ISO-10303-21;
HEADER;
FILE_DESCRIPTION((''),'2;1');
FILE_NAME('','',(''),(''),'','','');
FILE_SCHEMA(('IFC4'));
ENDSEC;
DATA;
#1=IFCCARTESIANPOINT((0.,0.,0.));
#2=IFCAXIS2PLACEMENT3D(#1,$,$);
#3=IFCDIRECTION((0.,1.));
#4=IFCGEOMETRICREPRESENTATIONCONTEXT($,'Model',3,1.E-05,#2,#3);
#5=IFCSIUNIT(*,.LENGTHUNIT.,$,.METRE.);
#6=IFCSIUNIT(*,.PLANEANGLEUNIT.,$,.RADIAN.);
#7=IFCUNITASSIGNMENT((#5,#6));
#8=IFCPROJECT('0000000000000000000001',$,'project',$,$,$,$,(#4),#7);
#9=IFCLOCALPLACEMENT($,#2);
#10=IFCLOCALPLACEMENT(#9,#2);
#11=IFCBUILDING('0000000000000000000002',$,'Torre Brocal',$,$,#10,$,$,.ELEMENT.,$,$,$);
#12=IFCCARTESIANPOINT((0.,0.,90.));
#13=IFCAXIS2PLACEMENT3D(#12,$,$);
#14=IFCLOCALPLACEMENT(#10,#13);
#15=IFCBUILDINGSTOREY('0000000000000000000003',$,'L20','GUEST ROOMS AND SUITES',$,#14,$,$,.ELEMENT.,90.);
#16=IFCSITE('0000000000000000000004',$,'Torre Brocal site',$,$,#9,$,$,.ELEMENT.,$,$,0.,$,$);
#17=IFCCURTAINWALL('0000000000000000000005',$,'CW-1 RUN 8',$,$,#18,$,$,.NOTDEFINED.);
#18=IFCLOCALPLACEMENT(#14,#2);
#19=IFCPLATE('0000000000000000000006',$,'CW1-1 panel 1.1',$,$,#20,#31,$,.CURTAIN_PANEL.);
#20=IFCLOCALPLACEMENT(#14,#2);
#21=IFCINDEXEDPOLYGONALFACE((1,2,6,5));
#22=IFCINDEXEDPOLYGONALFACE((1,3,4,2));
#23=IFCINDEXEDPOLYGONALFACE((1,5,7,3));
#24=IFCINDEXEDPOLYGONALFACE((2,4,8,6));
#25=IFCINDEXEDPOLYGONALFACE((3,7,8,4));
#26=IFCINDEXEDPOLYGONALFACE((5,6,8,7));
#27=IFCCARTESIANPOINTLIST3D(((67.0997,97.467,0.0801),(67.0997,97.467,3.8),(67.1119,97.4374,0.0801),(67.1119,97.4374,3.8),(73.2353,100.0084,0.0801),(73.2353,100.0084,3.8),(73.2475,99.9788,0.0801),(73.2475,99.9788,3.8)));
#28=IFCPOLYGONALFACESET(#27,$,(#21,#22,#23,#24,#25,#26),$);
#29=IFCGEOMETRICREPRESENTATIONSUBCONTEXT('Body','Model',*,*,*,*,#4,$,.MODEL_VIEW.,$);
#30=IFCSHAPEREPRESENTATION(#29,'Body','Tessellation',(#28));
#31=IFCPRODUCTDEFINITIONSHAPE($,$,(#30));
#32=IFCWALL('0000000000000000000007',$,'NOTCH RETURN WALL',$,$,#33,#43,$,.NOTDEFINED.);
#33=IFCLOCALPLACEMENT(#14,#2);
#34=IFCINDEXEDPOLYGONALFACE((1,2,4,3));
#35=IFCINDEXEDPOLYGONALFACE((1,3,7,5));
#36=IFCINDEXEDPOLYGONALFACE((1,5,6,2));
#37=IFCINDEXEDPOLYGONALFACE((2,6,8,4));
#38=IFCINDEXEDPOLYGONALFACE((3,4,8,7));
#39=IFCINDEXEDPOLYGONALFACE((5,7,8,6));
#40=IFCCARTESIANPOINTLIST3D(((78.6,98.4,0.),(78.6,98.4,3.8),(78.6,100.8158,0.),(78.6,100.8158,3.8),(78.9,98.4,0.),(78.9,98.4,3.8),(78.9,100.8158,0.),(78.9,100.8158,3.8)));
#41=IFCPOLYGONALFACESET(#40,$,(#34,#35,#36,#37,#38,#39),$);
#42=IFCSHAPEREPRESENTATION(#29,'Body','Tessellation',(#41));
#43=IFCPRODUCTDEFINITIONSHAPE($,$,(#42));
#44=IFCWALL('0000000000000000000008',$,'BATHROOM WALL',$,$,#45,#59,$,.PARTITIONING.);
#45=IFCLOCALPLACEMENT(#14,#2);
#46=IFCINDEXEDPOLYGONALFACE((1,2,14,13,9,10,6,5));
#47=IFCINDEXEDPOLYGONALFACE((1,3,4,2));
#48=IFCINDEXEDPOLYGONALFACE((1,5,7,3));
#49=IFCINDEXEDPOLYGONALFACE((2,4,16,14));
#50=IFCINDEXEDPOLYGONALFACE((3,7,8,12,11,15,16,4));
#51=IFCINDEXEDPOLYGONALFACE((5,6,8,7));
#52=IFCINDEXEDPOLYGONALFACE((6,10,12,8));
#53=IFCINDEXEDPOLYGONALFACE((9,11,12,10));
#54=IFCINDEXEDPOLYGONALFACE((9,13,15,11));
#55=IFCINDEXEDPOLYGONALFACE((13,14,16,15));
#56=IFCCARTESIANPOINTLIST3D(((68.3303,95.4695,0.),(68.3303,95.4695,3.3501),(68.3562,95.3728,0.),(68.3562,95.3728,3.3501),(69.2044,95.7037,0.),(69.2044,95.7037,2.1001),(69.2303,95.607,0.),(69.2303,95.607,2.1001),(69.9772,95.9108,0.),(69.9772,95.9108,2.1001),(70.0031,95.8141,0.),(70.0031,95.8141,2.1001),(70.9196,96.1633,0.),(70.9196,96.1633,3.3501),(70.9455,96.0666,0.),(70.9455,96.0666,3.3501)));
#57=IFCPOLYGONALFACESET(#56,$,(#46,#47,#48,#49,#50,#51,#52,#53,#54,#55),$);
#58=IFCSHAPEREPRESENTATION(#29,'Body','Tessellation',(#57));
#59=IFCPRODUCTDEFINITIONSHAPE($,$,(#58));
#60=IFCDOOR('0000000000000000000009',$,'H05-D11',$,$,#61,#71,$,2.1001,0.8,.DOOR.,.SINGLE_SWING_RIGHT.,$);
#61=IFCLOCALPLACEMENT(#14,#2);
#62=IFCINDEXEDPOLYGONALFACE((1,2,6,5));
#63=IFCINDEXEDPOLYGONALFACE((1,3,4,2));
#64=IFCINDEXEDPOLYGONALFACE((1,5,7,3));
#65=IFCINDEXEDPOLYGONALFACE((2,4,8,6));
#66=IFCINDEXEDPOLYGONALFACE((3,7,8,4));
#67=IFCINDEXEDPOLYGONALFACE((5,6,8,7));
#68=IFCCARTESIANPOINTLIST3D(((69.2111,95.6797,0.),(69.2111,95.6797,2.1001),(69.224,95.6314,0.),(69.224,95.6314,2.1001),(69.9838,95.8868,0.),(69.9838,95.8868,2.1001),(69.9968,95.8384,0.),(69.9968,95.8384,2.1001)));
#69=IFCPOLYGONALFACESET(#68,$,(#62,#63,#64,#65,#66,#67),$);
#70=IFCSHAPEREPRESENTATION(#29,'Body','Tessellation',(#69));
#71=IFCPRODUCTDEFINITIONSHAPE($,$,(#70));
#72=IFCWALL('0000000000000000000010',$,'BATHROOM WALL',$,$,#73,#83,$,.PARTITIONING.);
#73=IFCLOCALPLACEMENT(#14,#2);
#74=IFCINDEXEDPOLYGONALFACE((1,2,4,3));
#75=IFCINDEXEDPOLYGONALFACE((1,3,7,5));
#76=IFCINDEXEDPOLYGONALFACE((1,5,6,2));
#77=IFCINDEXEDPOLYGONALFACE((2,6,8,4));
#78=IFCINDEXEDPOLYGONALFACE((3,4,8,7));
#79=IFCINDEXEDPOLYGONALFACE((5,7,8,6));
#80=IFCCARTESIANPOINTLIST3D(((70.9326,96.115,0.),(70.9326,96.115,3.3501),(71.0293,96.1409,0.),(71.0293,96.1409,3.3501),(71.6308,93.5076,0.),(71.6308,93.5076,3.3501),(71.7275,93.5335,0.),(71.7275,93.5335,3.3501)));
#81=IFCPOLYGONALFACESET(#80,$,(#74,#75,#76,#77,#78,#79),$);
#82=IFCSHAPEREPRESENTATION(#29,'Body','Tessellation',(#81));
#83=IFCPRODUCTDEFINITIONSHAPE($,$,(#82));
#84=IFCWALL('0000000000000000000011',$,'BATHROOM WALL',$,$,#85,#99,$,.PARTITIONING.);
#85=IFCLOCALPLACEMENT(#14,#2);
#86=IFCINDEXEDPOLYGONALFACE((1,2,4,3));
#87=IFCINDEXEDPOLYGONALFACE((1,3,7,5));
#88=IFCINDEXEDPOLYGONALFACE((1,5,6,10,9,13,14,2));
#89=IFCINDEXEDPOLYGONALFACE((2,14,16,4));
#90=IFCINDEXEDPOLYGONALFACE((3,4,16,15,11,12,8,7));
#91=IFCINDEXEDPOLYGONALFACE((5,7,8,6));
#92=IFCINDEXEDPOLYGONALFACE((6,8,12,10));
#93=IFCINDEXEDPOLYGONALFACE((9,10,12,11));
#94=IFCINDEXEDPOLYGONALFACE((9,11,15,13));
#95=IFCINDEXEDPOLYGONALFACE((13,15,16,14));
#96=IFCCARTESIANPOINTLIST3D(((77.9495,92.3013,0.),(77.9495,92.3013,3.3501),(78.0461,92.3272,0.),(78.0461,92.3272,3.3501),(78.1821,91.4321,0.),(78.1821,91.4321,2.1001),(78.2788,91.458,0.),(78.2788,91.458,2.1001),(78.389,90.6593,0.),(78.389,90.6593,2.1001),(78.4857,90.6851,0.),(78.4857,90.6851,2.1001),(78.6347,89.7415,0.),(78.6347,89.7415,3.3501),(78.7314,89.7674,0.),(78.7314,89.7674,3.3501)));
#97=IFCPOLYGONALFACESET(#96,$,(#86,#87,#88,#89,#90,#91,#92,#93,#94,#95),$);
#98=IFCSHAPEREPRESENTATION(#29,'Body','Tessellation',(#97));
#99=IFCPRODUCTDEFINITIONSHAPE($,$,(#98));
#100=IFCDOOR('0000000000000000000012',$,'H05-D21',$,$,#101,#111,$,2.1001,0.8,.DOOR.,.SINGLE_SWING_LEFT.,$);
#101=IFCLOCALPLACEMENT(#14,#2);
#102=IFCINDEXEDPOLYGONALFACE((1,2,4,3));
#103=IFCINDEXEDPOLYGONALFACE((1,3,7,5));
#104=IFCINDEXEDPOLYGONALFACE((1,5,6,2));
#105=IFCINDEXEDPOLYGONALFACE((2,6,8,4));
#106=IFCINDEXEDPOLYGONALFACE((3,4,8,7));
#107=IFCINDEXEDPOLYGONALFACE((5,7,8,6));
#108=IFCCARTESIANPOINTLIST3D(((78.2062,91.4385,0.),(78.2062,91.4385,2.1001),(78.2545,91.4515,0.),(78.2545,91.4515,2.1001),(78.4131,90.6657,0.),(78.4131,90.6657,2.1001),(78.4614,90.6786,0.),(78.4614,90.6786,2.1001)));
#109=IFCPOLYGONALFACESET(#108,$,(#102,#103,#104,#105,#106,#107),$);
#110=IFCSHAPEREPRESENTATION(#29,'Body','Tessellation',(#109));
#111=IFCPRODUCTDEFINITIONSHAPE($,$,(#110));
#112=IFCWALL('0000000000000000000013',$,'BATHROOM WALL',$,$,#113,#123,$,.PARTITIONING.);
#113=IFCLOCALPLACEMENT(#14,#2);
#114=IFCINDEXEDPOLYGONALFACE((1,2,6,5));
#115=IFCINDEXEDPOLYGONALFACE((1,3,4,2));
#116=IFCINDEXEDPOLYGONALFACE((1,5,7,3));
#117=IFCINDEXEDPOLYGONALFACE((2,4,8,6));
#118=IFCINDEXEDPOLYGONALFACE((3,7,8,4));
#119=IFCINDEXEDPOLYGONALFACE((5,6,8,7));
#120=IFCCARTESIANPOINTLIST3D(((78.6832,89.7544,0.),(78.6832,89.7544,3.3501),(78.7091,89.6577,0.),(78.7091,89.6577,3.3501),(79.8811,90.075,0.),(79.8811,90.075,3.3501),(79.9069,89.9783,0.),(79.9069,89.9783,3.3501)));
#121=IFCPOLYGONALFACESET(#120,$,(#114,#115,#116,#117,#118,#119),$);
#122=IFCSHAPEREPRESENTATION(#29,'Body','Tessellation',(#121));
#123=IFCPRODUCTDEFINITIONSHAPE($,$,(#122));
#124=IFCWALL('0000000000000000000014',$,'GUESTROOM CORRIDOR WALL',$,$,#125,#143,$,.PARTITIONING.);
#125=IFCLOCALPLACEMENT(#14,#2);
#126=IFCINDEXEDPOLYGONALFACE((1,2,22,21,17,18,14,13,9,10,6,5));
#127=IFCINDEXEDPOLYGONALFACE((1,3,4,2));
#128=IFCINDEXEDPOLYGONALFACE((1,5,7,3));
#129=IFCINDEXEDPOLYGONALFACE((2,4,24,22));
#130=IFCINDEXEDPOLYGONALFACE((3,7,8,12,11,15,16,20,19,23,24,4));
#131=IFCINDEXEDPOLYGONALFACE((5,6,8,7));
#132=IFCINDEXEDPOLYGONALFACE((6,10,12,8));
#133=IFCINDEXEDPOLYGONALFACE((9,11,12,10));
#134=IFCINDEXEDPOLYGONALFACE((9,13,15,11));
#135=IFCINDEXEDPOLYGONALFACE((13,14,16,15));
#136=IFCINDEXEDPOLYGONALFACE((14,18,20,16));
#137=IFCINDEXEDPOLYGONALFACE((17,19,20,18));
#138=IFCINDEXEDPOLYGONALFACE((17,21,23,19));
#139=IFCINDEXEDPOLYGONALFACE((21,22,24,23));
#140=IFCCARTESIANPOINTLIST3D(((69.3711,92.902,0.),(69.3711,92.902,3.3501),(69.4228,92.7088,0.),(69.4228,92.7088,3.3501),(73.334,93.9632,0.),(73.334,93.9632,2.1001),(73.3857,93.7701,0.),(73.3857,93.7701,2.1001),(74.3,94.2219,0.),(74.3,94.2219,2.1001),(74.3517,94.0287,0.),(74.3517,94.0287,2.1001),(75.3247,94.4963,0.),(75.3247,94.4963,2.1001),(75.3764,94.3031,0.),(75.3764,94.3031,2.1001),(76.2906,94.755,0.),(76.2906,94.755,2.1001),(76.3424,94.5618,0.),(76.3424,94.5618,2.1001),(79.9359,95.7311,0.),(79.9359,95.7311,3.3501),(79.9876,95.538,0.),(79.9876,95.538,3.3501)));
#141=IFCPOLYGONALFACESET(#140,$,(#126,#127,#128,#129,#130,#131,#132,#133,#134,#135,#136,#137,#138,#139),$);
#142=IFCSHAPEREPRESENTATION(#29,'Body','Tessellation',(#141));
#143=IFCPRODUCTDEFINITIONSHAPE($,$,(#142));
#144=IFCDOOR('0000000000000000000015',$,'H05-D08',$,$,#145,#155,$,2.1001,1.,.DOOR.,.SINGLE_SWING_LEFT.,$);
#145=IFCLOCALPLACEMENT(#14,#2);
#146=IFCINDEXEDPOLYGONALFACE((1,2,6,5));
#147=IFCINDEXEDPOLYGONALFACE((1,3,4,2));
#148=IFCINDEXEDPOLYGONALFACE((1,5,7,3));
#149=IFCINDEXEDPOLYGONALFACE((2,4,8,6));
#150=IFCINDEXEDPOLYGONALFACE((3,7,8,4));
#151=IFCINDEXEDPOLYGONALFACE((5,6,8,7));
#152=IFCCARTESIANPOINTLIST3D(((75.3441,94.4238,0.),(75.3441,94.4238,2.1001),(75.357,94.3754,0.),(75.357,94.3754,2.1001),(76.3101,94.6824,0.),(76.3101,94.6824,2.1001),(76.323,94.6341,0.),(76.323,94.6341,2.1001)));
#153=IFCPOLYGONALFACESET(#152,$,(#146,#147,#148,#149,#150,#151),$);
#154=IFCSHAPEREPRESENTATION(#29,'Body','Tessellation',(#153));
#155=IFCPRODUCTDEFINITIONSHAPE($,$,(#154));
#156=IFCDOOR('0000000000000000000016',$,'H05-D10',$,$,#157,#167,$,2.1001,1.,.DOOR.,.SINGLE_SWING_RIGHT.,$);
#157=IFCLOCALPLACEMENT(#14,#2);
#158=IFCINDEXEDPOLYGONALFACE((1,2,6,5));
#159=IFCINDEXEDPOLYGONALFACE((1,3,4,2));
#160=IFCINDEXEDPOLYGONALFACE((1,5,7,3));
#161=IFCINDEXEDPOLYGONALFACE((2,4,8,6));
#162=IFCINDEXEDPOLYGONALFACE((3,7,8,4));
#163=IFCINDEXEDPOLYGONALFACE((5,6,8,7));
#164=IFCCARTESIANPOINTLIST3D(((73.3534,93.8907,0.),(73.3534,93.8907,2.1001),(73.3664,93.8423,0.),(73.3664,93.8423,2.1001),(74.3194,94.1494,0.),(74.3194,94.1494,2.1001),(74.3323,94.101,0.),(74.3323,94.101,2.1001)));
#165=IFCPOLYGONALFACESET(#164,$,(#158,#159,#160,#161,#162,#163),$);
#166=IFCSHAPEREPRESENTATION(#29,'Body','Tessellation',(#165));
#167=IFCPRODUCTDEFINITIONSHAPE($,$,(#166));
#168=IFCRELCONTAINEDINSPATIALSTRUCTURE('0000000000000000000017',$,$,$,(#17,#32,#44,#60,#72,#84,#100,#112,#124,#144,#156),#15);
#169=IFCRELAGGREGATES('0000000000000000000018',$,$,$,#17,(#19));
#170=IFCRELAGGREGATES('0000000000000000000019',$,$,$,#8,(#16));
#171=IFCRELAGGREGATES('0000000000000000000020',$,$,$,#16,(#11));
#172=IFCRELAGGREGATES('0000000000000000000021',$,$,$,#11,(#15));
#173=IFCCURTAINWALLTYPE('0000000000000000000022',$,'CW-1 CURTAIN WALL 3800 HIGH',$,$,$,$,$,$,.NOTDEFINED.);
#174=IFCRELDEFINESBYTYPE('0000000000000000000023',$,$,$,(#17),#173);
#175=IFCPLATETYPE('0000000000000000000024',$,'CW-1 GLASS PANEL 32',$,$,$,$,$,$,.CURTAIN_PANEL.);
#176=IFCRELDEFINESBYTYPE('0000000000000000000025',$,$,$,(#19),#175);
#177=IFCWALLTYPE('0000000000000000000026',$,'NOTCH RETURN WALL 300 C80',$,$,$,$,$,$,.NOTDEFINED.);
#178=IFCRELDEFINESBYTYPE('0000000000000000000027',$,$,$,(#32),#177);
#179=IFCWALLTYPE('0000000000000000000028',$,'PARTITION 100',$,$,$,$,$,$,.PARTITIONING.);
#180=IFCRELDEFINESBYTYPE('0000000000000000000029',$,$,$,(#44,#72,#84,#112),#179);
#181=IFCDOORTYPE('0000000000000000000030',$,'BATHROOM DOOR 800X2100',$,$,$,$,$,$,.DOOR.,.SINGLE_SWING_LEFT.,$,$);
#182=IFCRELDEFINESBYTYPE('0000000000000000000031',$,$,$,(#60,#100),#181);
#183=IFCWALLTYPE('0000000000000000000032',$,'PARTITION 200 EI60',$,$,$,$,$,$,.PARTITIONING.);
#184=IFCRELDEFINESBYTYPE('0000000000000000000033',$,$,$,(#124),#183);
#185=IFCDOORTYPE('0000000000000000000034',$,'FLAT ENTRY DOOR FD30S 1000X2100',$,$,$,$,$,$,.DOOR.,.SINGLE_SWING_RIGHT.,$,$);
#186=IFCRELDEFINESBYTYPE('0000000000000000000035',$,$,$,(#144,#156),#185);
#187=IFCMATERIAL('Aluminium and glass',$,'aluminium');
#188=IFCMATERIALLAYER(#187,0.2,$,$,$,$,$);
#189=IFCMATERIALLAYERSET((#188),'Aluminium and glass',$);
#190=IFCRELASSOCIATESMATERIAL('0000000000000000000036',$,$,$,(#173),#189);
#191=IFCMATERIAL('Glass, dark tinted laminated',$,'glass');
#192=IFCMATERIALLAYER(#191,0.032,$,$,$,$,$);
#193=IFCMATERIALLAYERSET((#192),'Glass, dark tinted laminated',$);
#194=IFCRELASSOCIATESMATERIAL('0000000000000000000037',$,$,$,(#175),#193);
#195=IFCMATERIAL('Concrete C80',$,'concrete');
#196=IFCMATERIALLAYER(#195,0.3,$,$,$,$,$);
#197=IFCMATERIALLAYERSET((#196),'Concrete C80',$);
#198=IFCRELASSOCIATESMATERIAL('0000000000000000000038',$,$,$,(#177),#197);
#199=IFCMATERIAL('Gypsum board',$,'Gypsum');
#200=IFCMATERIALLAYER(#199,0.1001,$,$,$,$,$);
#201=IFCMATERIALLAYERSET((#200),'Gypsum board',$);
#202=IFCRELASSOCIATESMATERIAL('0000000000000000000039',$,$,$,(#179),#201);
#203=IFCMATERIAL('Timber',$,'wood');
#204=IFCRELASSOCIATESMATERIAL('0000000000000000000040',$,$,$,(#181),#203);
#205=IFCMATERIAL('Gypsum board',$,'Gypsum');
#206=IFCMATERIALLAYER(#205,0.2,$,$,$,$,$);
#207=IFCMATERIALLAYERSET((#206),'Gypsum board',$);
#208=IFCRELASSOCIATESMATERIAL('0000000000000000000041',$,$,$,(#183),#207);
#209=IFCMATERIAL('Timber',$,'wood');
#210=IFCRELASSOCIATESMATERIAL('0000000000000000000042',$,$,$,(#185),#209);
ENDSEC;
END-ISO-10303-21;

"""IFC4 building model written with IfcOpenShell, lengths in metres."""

from ifc_helpers import new_model, si_unit, direction, frame, frame_2d, origin, origin_2d, place, context, subcontext, project, spatial, rectangle, extrude, material, layer, layer_set, type_object, element, fill, aggregate, save


model = new_model("IFC4")

# Units and contexts
model_context = context("Model", 3, precision=1e-05, world=origin(), true_north=direction((0.0, 1.0)))
body_context = subcontext(model_context, "Body", "Model", "MODEL_VIEW")
ifc_project = project(units=[si_unit("LENGTHUNIT", "METRE"), si_unit("PLANEANGLEUNIT", "RADIAN")], contexts=[model_context])

# Site, building, storey
site_placement = place(None, origin())
site = spatial("IfcSite", under=ifc_project, at=site_placement, Name="Torre Brocal site", CompositionType="ELEMENT", RefElevation=0.0)
building_placement = place(site_placement, origin())
building = spatial("IfcBuilding", under=site, at=building_placement, Name="Torre Brocal", CompositionType="ELEMENT")
storey_placement = place(building_placement, frame((0.0, 0.0, 90.0)))
storey = spatial("IfcBuildingStorey", under=building, at=storey_placement, Name="L20", Description="GUEST ROOMS AND SUITES", CompositionType="ELEMENT", Elevation=90.0)

# Shared definitions
ifc_material_1 = material(Name="Aluminium and glass", Category="aluminium")
ifc_layer_1 = layer(ifc_material_1, 0.2)
ifc_layer_set_1 = layer_set([ifc_layer_1], Name="Aluminium and glass")
curtain_wall_type = type_object("IfcCurtainWallType", Name="CW-1 CURTAIN WALL 3800 HIGH", PredefinedType="NOTDEFINED", material=ifc_layer_set_1)

# Curtain wall
curtain_wall_1_placement = place(storey_placement, origin())
curtain_wall_1 = element("IfcCurtainWall", 1, at=curtain_wall_1_placement, inside=storey, type_object=curtain_wall_type, Name="CW-1 RUN 8", PredefinedType="NOTDEFINED")

# Plate
ifc_material_2 = material(Name="Glass, dark tinted laminated", Category="glass")
ifc_layer_2 = layer(ifc_material_2, 0.032)
ifc_layer_set_2 = layer_set([ifc_layer_2], Name="Glass, dark tinted laminated")
plate_type = type_object("IfcPlateType", Name="CW-1 GLASS PANEL 32", PredefinedType="CURTAIN_PANEL", material=ifc_layer_set_2)
plate_1_placement = place(storey_placement, frame((70.1736, 98.7229, 0.0801), z_axis=(0.0, 0.0, 1.0), x_axis=(-0.92388, -0.382683, 0.0)))
plate_1 = element("IfcPlate", 2, at=plate_1_placement, type_object=plate_type, Name="CW1-1 panel 1.1", PredefinedType="CURTAIN_PANEL", context=body_context, shape_type="SweptSolid", body=[
    extrude(rectangle(XDim=6.6411, YDim=0.032, at=origin_2d()), origin(), (0.0, 0.0, 1.0), 3.72),
])
aggregate(curtain_wall_1, [plate_1])

# Wall
ifc_material_3 = material(Name="Concrete C80", Category="concrete")
ifc_layer_3 = layer(ifc_material_3, 0.3)
ifc_layer_set_3 = layer_set([ifc_layer_3], Name="Concrete C80")
wall_type_1 = type_object("IfcWallType", Name="NOTCH RETURN WALL 300 C80", PredefinedType="NOTDEFINED", material=ifc_layer_set_3)
wall_1_placement = place(storey_placement, frame((78.75, 98.3999, 0.0), z_axis=(0.0, 0.0, 1.0), x_axis=(0.0, 1.0, 0.0)))
element("IfcWall", 3, at=wall_1_placement, inside=storey, type_object=wall_type_1, Name="NOTCH RETURN WALL", PredefinedType="NOTDEFINED", context=body_context, shape_type="SweptSolid", body=[
    extrude(rectangle(XDim=2.4158, YDim=0.3, at=frame_2d((1.208, 0.0))), origin(), (0.0, 0.0, 1.0), 3.8),
])

# Wall, opening, door
ifc_material_4 = material(Name="Gypsum board", Category="Gypsum")
ifc_layer_4 = layer(ifc_material_4, 0.1001)
ifc_layer_set_4 = layer_set([ifc_layer_4], Name="Gypsum board")
wall_type_2 = type_object("IfcWallType", Name="PARTITION 100", PredefinedType="PARTITIONING", material=ifc_layer_set_4)
wall_2_placement = place(storey_placement, frame((68.3433, 95.4211, 0.0), z_axis=(0.0, 0.0, 1.0), x_axis=(0.965923, 0.25883, 0.0)))
wall_2 = element("IfcWall", 4, at=wall_2_placement, inside=storey, type_object=wall_type_2, Name="BATHROOM WALL", PredefinedType="PARTITIONING", context=body_context, shape_type="SweptSolid", body=[
    extrude(rectangle(XDim=2.6807, YDim=0.1001, at=frame_2d((1.3403, 0.0))), origin(), (0.0, 0.0, 1.0), 3.3501),
])
opening_1_placement = place(wall_2_placement, frame((0.905, 0.0, 0.0)))
opening_1 = element("IfcOpeningElement", 5, at=opening_1_placement, cuts=wall_2, PredefinedType="OPENING", context=body_context, shape_type="SweptSolid", body=[
    extrude(rectangle(XDim=0.8, YDim=2.1001, at=frame_2d((0.3999, 1.05))), frame((0.0, 0.0601, 0.0), z_axis=(0.0, -1.0, 0.0), x_axis=(1.0, 0.0, 0.0)), (0.0, 0.0, 1.0), 0.1201),
])
ifc_material_5 = material(Name="Timber", Category="wood")
door_type_1 = type_object("IfcDoorType", Name="BATHROOM DOOR 800X2100", OperationType="SINGLE_SWING_LEFT", PredefinedType="DOOR", material=ifc_material_5)
door_1_placement = place(opening_1_placement, frame((0.8, 0.0, 0.0), z_axis=(0.0, 0.0, 1.0), x_axis=(-1.0, 0.0, 0.0)))
door_1 = element("IfcDoor", 6, at=door_1_placement, inside=storey, type_object=door_type_1, Name="H05-D11", OperationType="SINGLE_SWING_RIGHT", OverallHeight=2.1001, OverallWidth=0.8, PredefinedType="DOOR", context=body_context, shape_type="SweptSolid", body=[
    extrude(rectangle(XDim=0.8, YDim=2.1001, at=frame_2d((0.3999, 1.05))), frame((0.0, 0.0249, 0.0), z_axis=(0.0, -1.0, 0.0), x_axis=(1.0, 0.0, 0.0)), (0.0, 0.0, 1.0), 0.05),
])
fill(opening_1, door_1)

# Wall
wall_3_placement = place(storey_placement, frame((70.981, 96.1279, 0.0), z_axis=(0.0, 0.0, 1.0), x_axis=(0.258676, -0.965964, 0.0)))
element("IfcWall", 7, at=wall_3_placement, inside=storey, type_object=wall_type_2, Name="BATHROOM WALL", PredefinedType="PARTITIONING", context=body_context, shape_type="SweptSolid", body=[
    extrude(rectangle(XDim=2.6992, YDim=0.1001, at=frame_2d((1.3496, 0.0))), origin(), (0.0, 0.0, 1.0), 3.3501),
])

# Wall, opening, door
wall_4_placement = place(storey_placement, frame((77.9978, 92.3142, 0.0), z_axis=(0.0, 0.0, 1.0), x_axis=(0.258609, -0.965982, 0.0)))
wall_4 = element("IfcWall", 8, at=wall_4_placement, inside=storey, type_object=wall_type_2, Name="BATHROOM WALL", PredefinedType="PARTITIONING", context=body_context, shape_type="SweptSolid", body=[
    extrude(rectangle(XDim=2.6499, YDim=0.1001, at=frame_2d((1.325, 0.0))), origin(), (0.0, 0.0, 1.0), 3.3501),
])
opening_2_placement = place(wall_4_placement, frame((0.8999, 0.0, 0.0)))
opening_2 = element("IfcOpeningElement", 9, at=opening_2_placement, cuts=wall_4, PredefinedType="OPENING", context=body_context, shape_type="SweptSolid", body=[
    extrude(rectangle(XDim=0.8, YDim=2.1001, at=frame_2d((0.3999, 1.05))), frame((0.0, 0.0601, 0.0), z_axis=(0.0, -1.0, 0.0), x_axis=(1.0, 0.0, 0.0)), (0.0, 0.0, 1.0), 0.1201),
])
door_2_placement = place(opening_2_placement, origin())
door_2 = element("IfcDoor", 10, at=door_2_placement, inside=storey, type_object=door_type_1, Name="H05-D21", OperationType="SINGLE_SWING_LEFT", OverallHeight=2.1001, OverallWidth=0.8, PredefinedType="DOOR", context=body_context, shape_type="SweptSolid", body=[
    extrude(rectangle(XDim=0.8, YDim=2.1001, at=frame_2d((0.3999, 1.05))), frame((0.0, 0.0249, 0.0), z_axis=(0.0, -1.0, 0.0), x_axis=(1.0, 0.0, 0.0)), (0.0, 0.0, 1.0), 0.05),
])
fill(opening_2, door_2)

# Wall
wall_5_placement = place(storey_placement, frame((78.696, 89.7061, 0.0), z_axis=(0.0, 0.0, 1.0), x_axis=(0.966003, 0.258533, 0.0)))
element("IfcWall", 11, at=wall_5_placement, inside=storey, type_object=wall_type_2, Name="BATHROOM WALL", PredefinedType="PARTITIONING", context=body_context, shape_type="SweptSolid", body=[
    extrude(rectangle(XDim=1.24, YDim=0.1001, at=frame_2d((0.6201, 0.0))), origin(), (0.0, 0.0, 1.0), 3.3501),
])

# Wall, openings, doors
ifc_material_6 = material(Name="Gypsum board", Category="Gypsum")
ifc_layer_5 = layer(ifc_material_6, 0.2)
ifc_layer_set_5 = layer_set([ifc_layer_5], Name="Gypsum board")
wall_type_3 = type_object("IfcWallType", Name="PARTITION 200 EI60", PredefinedType="PARTITIONING", material=ifc_layer_set_5)
wall_6_placement = place(storey_placement, frame((69.397, 92.8054, 0.0), z_axis=(0.0, 0.0, 1.0), x_axis=(0.965965, 0.258674, 0.0)))
wall_6 = element("IfcWall", 12, at=wall_6_placement, inside=storey, type_object=wall_type_3, Name="GUESTROOM CORRIDOR WALL", PredefinedType="PARTITIONING", context=body_context, shape_type="SweptSolid", body=[
    extrude(rectangle(XDim=10.937, YDim=0.2, at=frame_2d((5.4685, 0.0))), origin(), (0.0, 0.0, 1.0), 3.3501),
])
opening_3_placement = place(wall_6_placement, frame((6.1633, 0.0, 0.0)))
opening_3 = element("IfcOpeningElement", 13, at=opening_3_placement, cuts=wall_6, PredefinedType="OPENING", context=body_context, shape_type="SweptSolid", body=[
    extrude(rectangle(XDim=1.0, YDim=2.1001, at=frame_2d((0.5, 1.05))), frame((0.0, 0.1099, 0.0), z_axis=(0.0, -1.0, 0.0), x_axis=(1.0, 0.0, 0.0)), (0.0, 0.0, 1.0), 0.22),
])
opening_4_placement = place(wall_6_placement, frame((4.1025, 0.0, 0.0)))
opening_4 = element("IfcOpeningElement", 14, at=opening_4_placement, cuts=wall_6, PredefinedType="OPENING", context=body_context, shape_type="SweptSolid", body=[
    extrude(rectangle(XDim=1.0, YDim=2.1001, at=frame_2d((0.5, 1.05))), frame((0.0, 0.1099, 0.0), z_axis=(0.0, -1.0, 0.0), x_axis=(1.0, 0.0, 0.0)), (0.0, 0.0, 1.0), 0.22),
])
ifc_material_7 = material(Name="Timber", Category="wood")
door_type_2 = type_object("IfcDoorType", Name="FLAT ENTRY DOOR FD30S 1000X2100", OperationType="SINGLE_SWING_RIGHT", PredefinedType="DOOR", material=ifc_material_7)
door_3_placement = place(opening_3_placement, origin())
door_3 = element("IfcDoor", 15, at=door_3_placement, inside=storey, type_object=door_type_2, Name="H05-D08", OperationType="SINGLE_SWING_LEFT", OverallHeight=2.1001, OverallWidth=1.0, PredefinedType="DOOR", context=body_context, shape_type="SweptSolid", body=[
    extrude(rectangle(XDim=1.0, YDim=2.1001, at=frame_2d((0.5, 1.05))), frame((0.0, 0.0249, 0.0), z_axis=(0.0, -1.0, 0.0), x_axis=(1.0, 0.0, 0.0)), (0.0, 0.0, 1.0), 0.05),
])
fill(opening_3, door_3)
door_4_placement = place(opening_4_placement, origin())
door_4 = element("IfcDoor", 16, at=door_4_placement, inside=storey, type_object=door_type_2, Name="H05-D10", OperationType="SINGLE_SWING_RIGHT", OverallHeight=2.1001, OverallWidth=1.0, PredefinedType="DOOR", context=body_context, shape_type="SweptSolid", body=[
    extrude(rectangle(XDim=1.0, YDim=2.1001, at=frame_2d((0.5, 1.05))), frame((0.0, 0.0249, 0.0), z_axis=(0.0, -1.0, 0.0), x_axis=(1.0, 0.0, 0.0)), (0.0, 0.0, 1.0), 0.05),
])
fill(opening_4, door_4)

save(model, "model.ifc")
